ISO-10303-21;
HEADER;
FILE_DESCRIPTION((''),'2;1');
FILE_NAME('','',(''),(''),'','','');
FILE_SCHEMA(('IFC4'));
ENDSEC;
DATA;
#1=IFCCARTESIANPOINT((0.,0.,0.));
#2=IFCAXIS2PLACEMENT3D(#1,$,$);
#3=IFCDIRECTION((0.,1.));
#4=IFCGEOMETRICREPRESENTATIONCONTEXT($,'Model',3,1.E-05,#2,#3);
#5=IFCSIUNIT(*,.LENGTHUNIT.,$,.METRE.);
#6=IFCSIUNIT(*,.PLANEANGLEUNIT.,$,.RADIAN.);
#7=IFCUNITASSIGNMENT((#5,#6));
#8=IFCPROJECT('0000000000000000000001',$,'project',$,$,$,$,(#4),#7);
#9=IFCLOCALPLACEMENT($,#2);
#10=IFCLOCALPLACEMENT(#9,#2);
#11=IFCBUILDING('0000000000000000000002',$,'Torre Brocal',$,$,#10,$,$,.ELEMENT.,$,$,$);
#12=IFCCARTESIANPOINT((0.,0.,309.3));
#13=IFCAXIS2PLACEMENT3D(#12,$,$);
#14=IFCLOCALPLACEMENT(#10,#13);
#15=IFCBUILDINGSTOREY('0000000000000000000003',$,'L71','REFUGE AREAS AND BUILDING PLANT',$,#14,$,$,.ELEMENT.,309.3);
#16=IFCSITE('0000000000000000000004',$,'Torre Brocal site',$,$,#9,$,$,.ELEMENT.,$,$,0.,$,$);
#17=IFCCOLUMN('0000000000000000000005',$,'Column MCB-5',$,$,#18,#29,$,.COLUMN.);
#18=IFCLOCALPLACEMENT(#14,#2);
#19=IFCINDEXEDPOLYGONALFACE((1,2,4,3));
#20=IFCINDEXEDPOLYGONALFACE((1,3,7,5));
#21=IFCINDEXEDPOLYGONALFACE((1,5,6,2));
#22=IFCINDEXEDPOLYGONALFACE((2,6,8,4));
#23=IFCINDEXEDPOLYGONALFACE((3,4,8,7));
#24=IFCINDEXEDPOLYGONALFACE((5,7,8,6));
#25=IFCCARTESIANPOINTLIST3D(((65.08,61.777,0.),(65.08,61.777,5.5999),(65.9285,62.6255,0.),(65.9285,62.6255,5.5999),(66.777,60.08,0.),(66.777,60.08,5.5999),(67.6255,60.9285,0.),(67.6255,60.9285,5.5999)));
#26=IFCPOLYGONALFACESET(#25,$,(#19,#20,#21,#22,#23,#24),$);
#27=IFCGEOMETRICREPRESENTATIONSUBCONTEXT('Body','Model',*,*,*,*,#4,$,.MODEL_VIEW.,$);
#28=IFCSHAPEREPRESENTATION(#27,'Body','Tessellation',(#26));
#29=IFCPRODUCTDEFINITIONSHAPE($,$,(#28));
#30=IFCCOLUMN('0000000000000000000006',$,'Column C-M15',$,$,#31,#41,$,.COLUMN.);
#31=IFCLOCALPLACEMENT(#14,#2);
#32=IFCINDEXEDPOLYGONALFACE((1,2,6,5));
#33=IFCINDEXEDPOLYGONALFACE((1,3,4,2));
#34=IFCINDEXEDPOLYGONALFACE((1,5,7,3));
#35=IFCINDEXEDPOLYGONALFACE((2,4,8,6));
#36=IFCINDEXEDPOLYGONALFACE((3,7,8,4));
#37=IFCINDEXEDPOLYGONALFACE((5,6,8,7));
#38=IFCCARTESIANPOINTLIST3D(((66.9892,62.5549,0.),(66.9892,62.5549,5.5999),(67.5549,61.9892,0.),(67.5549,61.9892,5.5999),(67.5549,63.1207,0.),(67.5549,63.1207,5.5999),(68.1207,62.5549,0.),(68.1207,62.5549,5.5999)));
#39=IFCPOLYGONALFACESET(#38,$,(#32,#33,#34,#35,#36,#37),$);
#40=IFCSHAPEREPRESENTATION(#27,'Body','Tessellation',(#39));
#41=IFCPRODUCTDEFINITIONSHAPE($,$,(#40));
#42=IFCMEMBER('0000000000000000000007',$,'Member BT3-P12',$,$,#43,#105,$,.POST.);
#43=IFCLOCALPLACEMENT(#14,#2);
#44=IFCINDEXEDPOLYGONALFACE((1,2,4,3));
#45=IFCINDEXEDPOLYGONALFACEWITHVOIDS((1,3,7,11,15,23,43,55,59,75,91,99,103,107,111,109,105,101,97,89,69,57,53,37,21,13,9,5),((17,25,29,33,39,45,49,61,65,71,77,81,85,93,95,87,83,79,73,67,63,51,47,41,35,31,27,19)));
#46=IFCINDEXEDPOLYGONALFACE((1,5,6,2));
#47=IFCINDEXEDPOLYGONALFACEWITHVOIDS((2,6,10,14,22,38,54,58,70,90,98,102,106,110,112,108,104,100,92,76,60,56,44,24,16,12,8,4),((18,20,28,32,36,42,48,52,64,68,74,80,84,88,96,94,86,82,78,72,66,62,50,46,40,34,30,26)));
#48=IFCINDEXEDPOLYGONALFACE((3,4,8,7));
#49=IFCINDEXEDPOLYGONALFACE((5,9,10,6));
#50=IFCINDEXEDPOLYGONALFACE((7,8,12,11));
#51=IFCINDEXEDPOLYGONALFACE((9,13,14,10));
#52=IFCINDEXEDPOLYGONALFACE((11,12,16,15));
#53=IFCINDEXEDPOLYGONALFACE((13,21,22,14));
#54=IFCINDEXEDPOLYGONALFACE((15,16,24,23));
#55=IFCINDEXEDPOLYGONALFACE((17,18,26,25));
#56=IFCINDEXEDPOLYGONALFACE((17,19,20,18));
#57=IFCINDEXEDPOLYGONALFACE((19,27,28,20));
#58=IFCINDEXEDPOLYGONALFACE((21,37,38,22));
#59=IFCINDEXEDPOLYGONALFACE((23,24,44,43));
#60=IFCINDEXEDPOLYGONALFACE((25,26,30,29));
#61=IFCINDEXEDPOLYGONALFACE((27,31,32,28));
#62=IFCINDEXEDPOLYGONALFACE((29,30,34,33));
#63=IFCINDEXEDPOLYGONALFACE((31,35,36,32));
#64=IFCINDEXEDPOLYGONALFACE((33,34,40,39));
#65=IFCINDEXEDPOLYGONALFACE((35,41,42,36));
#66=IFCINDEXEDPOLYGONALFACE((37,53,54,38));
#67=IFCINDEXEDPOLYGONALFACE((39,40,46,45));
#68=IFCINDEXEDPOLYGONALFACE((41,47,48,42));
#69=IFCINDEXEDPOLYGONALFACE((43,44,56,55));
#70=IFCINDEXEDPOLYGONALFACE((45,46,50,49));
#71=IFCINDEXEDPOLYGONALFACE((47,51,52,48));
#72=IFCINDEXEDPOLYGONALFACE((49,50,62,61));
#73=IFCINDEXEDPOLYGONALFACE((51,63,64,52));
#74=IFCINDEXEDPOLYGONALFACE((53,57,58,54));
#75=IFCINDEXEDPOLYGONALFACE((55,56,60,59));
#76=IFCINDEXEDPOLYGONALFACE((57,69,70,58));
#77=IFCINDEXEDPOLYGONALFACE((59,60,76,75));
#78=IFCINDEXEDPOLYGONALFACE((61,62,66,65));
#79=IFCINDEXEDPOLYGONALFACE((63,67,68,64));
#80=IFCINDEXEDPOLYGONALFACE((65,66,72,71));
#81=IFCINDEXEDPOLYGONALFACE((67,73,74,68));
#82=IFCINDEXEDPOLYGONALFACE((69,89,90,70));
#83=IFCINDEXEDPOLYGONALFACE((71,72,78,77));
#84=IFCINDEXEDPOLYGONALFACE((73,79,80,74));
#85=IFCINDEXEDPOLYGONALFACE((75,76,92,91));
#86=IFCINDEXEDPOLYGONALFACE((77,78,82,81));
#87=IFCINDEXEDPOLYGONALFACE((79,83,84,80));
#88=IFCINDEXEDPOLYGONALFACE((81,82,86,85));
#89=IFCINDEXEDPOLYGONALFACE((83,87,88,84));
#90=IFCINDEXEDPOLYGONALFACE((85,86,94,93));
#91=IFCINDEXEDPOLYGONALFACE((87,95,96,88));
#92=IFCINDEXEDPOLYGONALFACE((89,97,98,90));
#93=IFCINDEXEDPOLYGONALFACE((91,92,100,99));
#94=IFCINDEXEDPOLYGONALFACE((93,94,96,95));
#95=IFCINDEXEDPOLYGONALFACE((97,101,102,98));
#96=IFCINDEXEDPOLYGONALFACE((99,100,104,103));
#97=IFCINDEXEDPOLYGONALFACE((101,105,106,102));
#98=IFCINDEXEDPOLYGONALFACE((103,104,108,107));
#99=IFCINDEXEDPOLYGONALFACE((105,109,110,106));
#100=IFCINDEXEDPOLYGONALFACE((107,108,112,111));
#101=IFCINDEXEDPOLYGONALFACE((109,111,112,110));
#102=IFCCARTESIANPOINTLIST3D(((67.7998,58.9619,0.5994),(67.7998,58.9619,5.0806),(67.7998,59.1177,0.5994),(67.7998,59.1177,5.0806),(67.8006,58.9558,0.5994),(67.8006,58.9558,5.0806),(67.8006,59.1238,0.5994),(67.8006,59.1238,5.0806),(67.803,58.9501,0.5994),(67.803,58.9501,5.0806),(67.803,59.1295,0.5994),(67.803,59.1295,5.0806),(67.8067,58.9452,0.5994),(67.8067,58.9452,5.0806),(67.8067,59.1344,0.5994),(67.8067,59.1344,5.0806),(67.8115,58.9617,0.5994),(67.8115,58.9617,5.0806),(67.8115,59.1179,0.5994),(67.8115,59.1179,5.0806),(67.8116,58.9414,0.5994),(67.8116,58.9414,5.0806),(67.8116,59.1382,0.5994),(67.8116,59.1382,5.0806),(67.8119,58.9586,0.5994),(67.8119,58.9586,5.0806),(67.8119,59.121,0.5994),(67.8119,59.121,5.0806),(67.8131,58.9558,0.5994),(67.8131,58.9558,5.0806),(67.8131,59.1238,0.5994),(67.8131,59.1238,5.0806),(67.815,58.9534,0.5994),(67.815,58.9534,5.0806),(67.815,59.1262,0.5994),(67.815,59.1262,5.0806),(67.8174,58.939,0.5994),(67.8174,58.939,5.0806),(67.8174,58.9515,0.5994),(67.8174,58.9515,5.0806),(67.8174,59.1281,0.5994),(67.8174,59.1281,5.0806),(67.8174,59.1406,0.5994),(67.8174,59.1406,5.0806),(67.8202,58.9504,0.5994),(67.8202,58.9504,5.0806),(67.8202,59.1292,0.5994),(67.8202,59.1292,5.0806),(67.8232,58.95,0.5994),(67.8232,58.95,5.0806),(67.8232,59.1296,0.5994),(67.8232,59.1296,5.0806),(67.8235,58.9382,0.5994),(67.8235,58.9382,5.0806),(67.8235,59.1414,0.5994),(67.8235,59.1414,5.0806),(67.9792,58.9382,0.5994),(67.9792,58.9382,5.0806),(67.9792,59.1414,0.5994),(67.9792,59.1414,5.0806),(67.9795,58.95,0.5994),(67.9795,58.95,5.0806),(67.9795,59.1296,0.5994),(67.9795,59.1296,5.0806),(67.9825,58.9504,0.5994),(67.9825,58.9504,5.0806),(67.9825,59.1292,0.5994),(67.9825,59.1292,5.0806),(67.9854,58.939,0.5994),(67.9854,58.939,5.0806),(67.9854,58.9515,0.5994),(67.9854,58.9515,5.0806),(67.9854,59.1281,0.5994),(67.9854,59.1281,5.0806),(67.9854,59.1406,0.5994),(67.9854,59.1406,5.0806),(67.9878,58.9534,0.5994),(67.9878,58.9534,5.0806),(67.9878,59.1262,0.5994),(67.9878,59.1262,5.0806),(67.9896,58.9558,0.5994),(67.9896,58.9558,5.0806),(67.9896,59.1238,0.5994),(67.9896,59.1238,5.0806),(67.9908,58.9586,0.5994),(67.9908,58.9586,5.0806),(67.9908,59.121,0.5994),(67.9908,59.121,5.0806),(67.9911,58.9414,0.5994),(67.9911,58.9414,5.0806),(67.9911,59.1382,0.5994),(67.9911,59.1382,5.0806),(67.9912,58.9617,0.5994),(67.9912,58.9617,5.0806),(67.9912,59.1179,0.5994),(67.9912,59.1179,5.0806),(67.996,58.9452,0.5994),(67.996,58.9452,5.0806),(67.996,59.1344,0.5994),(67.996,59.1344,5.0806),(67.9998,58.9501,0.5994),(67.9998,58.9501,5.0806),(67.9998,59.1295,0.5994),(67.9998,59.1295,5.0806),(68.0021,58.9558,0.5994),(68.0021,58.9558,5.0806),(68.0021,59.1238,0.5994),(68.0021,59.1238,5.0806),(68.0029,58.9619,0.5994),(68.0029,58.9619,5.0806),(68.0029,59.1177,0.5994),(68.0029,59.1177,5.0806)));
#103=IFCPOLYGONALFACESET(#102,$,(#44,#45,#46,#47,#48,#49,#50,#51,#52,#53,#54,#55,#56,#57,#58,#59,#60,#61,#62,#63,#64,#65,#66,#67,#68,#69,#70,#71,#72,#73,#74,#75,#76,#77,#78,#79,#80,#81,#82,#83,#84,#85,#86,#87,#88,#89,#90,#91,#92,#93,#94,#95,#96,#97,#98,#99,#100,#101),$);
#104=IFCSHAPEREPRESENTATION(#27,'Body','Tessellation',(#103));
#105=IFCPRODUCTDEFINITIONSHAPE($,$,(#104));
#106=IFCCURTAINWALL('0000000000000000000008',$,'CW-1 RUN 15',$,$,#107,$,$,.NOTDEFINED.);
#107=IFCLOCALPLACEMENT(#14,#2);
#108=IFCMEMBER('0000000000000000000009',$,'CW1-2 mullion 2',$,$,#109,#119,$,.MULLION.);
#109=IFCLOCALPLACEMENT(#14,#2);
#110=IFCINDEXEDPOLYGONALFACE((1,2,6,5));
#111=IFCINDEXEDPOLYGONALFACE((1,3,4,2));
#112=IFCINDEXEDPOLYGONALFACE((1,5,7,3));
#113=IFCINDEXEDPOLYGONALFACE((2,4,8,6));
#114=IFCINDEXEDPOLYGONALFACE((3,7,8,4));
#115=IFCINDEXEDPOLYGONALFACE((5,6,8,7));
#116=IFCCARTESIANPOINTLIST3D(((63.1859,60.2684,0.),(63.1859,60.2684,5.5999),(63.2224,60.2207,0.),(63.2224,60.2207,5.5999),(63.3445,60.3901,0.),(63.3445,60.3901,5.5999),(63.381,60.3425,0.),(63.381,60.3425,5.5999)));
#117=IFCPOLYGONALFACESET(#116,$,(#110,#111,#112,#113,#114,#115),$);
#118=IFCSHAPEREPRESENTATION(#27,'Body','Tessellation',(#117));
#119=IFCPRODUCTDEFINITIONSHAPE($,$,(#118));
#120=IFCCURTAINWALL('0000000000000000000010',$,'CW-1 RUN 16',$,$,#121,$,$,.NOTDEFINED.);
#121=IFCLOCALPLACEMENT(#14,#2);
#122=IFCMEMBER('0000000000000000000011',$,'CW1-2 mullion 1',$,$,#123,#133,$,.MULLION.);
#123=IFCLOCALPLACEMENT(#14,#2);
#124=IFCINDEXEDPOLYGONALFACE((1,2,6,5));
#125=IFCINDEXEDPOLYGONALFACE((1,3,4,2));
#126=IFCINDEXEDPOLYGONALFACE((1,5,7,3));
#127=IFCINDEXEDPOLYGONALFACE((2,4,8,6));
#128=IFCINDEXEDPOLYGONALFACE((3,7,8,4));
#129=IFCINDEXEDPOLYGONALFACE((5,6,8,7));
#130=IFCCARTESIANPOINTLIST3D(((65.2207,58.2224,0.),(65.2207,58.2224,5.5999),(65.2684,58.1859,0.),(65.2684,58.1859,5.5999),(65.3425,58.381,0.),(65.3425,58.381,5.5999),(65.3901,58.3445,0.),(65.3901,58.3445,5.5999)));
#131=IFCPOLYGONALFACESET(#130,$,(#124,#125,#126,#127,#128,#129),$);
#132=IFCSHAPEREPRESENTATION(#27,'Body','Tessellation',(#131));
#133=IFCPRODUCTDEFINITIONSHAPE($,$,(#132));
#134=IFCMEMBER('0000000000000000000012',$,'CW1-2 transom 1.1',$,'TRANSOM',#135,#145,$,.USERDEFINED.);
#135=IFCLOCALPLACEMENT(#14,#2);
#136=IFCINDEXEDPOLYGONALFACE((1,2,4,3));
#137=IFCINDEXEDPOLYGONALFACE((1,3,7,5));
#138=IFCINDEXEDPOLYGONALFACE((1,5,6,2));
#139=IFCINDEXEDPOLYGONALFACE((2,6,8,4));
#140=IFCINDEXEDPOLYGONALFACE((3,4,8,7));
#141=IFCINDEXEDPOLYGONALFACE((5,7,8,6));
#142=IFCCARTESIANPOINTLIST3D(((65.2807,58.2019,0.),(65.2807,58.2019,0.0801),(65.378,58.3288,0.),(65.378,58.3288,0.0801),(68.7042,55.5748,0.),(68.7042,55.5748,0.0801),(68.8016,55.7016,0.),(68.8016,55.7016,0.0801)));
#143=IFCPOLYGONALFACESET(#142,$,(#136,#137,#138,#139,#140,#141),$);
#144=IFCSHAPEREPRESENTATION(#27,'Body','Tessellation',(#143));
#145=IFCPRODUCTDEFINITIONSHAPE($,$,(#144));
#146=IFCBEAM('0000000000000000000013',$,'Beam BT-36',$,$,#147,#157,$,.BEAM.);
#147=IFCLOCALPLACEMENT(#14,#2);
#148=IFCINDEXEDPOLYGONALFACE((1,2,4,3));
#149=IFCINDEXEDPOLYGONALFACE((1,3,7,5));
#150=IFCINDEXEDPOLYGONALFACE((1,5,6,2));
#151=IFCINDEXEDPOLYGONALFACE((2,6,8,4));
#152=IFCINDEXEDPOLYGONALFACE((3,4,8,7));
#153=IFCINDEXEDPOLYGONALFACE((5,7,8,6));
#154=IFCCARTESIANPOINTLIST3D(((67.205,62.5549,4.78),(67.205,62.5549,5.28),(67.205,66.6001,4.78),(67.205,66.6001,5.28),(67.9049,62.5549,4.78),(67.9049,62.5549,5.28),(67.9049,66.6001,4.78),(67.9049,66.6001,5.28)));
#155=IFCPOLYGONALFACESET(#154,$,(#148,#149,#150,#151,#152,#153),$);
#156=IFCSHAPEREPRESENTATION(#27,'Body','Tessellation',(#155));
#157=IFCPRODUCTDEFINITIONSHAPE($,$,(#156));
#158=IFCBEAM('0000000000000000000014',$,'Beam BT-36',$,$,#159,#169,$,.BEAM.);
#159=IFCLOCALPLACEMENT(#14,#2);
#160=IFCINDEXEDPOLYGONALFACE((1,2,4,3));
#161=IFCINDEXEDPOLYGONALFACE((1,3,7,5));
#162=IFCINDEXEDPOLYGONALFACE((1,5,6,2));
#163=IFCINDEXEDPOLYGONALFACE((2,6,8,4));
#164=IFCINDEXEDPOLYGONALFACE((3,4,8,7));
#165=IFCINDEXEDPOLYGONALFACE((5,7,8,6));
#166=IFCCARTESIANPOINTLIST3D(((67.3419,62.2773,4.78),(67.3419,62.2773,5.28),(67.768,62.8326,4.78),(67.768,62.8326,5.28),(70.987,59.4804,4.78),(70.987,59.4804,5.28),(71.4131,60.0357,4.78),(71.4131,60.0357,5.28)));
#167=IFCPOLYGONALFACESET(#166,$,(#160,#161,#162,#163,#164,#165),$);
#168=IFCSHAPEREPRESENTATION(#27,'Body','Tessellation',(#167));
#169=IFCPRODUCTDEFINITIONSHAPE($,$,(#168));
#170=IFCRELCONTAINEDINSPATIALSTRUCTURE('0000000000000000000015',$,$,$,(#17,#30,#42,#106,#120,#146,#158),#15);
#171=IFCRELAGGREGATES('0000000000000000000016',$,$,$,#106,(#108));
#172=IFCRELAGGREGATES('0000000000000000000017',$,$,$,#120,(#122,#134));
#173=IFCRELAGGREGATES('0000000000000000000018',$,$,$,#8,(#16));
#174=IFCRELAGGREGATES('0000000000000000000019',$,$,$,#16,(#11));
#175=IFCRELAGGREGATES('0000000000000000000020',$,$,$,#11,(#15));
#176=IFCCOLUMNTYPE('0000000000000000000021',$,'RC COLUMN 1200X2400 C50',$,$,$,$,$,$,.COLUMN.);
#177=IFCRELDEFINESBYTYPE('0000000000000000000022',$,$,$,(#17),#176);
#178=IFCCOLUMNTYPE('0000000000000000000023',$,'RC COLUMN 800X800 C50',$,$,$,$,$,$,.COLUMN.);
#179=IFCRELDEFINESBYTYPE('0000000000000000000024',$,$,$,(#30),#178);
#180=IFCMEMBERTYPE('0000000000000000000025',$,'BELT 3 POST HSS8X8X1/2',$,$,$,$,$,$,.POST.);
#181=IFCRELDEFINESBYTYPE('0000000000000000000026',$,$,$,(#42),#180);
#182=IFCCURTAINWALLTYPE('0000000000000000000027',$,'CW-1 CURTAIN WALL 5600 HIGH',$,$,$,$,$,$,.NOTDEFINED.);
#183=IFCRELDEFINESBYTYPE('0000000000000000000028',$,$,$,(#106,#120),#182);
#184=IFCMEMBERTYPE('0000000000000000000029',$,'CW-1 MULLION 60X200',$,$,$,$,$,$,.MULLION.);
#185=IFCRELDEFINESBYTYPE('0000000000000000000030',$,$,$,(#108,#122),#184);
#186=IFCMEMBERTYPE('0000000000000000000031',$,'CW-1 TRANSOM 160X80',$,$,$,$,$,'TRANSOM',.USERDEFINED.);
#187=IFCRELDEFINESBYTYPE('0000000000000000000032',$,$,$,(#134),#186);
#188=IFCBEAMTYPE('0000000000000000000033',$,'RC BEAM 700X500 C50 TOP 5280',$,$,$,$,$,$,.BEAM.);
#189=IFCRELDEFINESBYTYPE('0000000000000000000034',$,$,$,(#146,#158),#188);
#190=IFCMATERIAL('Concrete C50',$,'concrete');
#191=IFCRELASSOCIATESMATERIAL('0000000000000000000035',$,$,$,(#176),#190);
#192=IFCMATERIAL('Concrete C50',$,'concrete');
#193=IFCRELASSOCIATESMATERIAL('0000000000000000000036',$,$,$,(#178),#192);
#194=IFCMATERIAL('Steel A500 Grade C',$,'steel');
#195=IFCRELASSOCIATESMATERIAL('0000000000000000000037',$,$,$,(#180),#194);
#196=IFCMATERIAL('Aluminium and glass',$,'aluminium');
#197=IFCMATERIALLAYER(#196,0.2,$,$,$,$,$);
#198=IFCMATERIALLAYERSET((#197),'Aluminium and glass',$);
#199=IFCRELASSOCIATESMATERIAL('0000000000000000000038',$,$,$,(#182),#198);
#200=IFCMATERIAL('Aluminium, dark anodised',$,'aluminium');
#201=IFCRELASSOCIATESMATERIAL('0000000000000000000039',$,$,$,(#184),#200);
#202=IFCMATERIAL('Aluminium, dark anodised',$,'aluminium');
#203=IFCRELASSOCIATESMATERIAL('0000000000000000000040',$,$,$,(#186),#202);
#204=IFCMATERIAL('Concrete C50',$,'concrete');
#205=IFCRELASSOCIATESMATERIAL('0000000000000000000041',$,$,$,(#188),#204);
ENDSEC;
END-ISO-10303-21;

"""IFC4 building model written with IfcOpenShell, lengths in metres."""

from ifc_helpers import new_model, si_unit, direction, frame, origin, origin_2d, place, context, subcontext, project, spatial, rectangle, hollow_rectangle, extrude, material, layer, layer_set, material_profile, profile_set, type_object, element, aggregate, save


model = new_model("IFC4")

# Units and contexts
model_context = context("Model", 3, precision=1e-05, world=origin(), true_north=direction((0.0, 1.0)))
body_context = subcontext(model_context, "Body", "Model", "MODEL_VIEW")
ifc_project = project(units=[si_unit("LENGTHUNIT", "METRE"), si_unit("PLANEANGLEUNIT", "RADIAN")], contexts=[model_context])

# Site, building, storey
site_placement = place(None, origin())
site = spatial("IfcSite", under=ifc_project, at=site_placement, Name="Torre Brocal site", CompositionType="ELEMENT", RefElevation=0.0)
building_placement = place(site_placement, origin())
building = spatial("IfcBuilding", under=site, at=building_placement, Name="Torre Brocal", CompositionType="ELEMENT")
storey_placement = place(building_placement, frame((0.0, 0.0, 309.3)))
storey = spatial("IfcBuildingStorey", under=building, at=storey_placement, Name="L71", Description="REFUGE AREAS AND BUILDING PLANT", CompositionType="ELEMENT", Elevation=309.3)

# Columns
ifc_material_1 = material(Name="Concrete C50", Category="concrete")
ifc_material_profile_1 = material_profile(ifc_material_1, rectangle(XDim=1.2, YDim=2.3999, at=origin_2d()), Name="RC 1200X2400")
ifc_profile_set_1 = profile_set([ifc_material_profile_1], Name="Concrete C50")
column_type_1 = type_object("IfcColumnType", Name="RC COLUMN 1200X2400 C50", PredefinedType="COLUMN", material=ifc_profile_set_1)
column_1_placement = place(storey_placement, frame((66.3528, 61.3528, 0.0), z_axis=(0.0, 0.0, 1.0), x_axis=(-0.707107, -0.707107, 0.0)))
element("IfcColumn", 1, at=column_1_placement, inside=storey, type_object=column_type_1, Name="Column MCB-5", PredefinedType="COLUMN", context=body_context, shape_type="SweptSolid", body=[
    extrude(rectangle(XDim=1.2, YDim=2.3999, at=origin_2d()), origin(), (0.0, 0.0, 1.0), 5.5999),
])
ifc_material_2 = material(Name="Concrete C50", Category="concrete")
ifc_material_profile_2 = material_profile(ifc_material_2, rectangle(XDim=0.8, YDim=0.8, at=origin_2d()), Name="RC 800X800")
ifc_profile_set_2 = profile_set([ifc_material_profile_2], Name="Concrete C50")
column_type_2 = type_object("IfcColumnType", Name="RC COLUMN 800X800 C50", PredefinedType="COLUMN", material=ifc_profile_set_2)
column_2_placement = place(storey_placement, frame((67.5549, 62.5549, 0.0), z_axis=(0.0, 0.0, 1.0), x_axis=(-0.707107, -0.707107, 0.0)))
element("IfcColumn", 2, at=column_2_placement, inside=storey, type_object=column_type_2, Name="Column C-M15", PredefinedType="COLUMN", context=body_context, shape_type="SweptSolid", body=[
    extrude(rectangle(XDim=0.8, YDim=0.8, at=origin_2d()), origin(), (0.0, 0.0, 1.0), 5.5999),
])

# Member
ifc_material_3 = material(Name="Steel A500 Grade C", Category="steel")
ifc_material_profile_3 = material_profile(ifc_material_3, hollow_rectangle(XDim=0.2031, YDim=0.2031, WallThickness=0.0117, InnerFilletRadius=0.0117, OuterFilletRadius=0.0237, at=origin_2d()), Name="HSS8X8X1/2")
ifc_profile_set_3 = profile_set([ifc_material_profile_3], Name="Steel A500 Grade C")
member_type_1 = type_object("IfcMemberType", Name="BELT 3 POST HSS8X8X1/2", PredefinedType="POST", material=ifc_profile_set_3)
member_1_placement = place(storey_placement, frame((67.9014, 59.0398, 0.5994), z_axis=(0.0, 0.0, 1.0), x_axis=(1.0, 0.0, 0.0)))
element("IfcMember", 3, at=member_1_placement, inside=storey, type_object=member_type_1, Name="Member BT3-P12", PredefinedType="POST", context=body_context, shape_type="SweptSolid", body=[
    extrude(hollow_rectangle(XDim=0.2031, YDim=0.2031, WallThickness=0.0117, InnerFilletRadius=0.0117, OuterFilletRadius=0.0237, at=origin_2d()), origin(), (0.0, 0.0, 1.0), 4.4812),
])

# Curtain wall, member
ifc_material_4 = material(Name="Aluminium and glass", Category="aluminium")
ifc_layer_1 = layer(ifc_material_4, 0.2)
ifc_layer_set_1 = layer_set([ifc_layer_1], Name="Aluminium and glass")
curtain_wall_type = type_object("IfcCurtainWallType", Name="CW-1 CURTAIN WALL 5600 HIGH", PredefinedType="NOTDEFINED", material=ifc_layer_set_1)
curtain_wall_1_placement = place(storey_placement, origin())
curtain_wall_1 = element("IfcCurtainWall", 4, at=curtain_wall_1_placement, inside=storey, type_object=curtain_wall_type, Name="CW-1 RUN 15", PredefinedType="NOTDEFINED")
ifc_material_5 = material(Name="Aluminium, dark anodised", Category="aluminium")
ifc_material_profile_4 = material_profile(ifc_material_5, rectangle(XDim=0.2, YDim=0.0601, at=origin_2d()), Name="CW-1 MULLION 60X200")
ifc_profile_set_4 = profile_set([ifc_material_profile_4], Name="Aluminium, dark anodised")
member_type_2 = type_object("IfcMemberType", Name="CW-1 MULLION 60X200", PredefinedType="MULLION", material=ifc_profile_set_4)
member_2_placement = place(storey_placement, frame((63.2834, 60.3054, 0.0), z_axis=(0.0, 0.0, 1.0), x_axis=(0.793353, 0.608761, 0.0)))
member_2 = element("IfcMember", 5, at=member_2_placement, type_object=member_type_2, Name="CW1-2 mullion 2", PredefinedType="MULLION", context=body_context, shape_type="SweptSolid", body=[
    extrude(rectangle(XDim=0.2, YDim=0.0601, at=origin_2d()), origin(), (0.0, 0.0, 1.0), 5.5999),
])

# Curtain wall, members
curtain_wall_2_placement = place(storey_placement, origin())
curtain_wall_2 = element("IfcCurtainWall", 6, at=curtain_wall_2_placement, inside=storey, type_object=curtain_wall_type, Name="CW-1 RUN 16", PredefinedType="NOTDEFINED")
member_3_placement = place(storey_placement, frame((65.3054, 58.2834, 0.0), z_axis=(0.0, 0.0, 1.0), x_axis=(0.608761, 0.793353, 0.0)))
member_3 = element("IfcMember", 7, at=member_3_placement, type_object=member_type_2, Name="CW1-2 mullion 1", PredefinedType="MULLION", context=body_context, shape_type="SweptSolid", body=[
    extrude(rectangle(XDim=0.2, YDim=0.0601, at=origin_2d()), origin(), (0.0, 0.0, 1.0), 5.5999),
])
ifc_material_6 = material(Name="Aluminium, dark anodised", Category="aluminium")
ifc_material_profile_5 = material_profile(ifc_material_6, rectangle(XDim=0.1599, YDim=0.0801, at=origin_2d()), Name="CW-1 TRANSOM 160X80")
ifc_profile_set_5 = profile_set([ifc_material_profile_5], Name="Aluminium, dark anodised")
member_type_3 = type_object("IfcMemberType", Name="CW-1 TRANSOM 160X80", ElementType="TRANSOM", PredefinedType="USERDEFINED", material=ifc_profile_set_5)
member_4_placement = place(storey_placement, frame((65.3293, 58.2654, 0.04), z_axis=(0.793332, -0.608789, 0.0), x_axis=(0.608789, 0.793332, 0.0)))
member_4 = element("IfcMember", 8, at=member_4_placement, type_object=member_type_3, Name="CW1-2 transom 1.1", ObjectType="TRANSOM", PredefinedType="USERDEFINED", context=body_context, shape_type="SweptSolid", body=[
    extrude(rectangle(XDim=0.1599, YDim=0.0801, at=origin_2d()), origin(), (0.0, 0.0, 1.0), 4.3154),
])

# Beams
ifc_material_7 = material(Name="Concrete C50", Category="concrete")
ifc_material_profile_6 = material_profile(ifc_material_7, rectangle(XDim=0.7, YDim=0.5, at=origin_2d()), Name="RC 700X500")
ifc_profile_set_6 = profile_set([ifc_material_profile_6], Name="Concrete C50")
beam_type = type_object("IfcBeamType", Name="RC BEAM 700X500 C50 TOP 5280", PredefinedType="BEAM", material=ifc_profile_set_6)
beam_1_placement = place(storey_placement, frame((67.5549, 62.5549, 5.03), z_axis=(0.0, 1.0, 0.0), x_axis=(-1.0, 0.0, 0.0)))
element("IfcBeam", 9, at=beam_1_placement, inside=storey, type_object=beam_type, Name="Beam BT-36", PredefinedType="BEAM", context=body_context, shape_type="SweptSolid", body=[
    extrude(rectangle(XDim=0.7, YDim=0.5, at=origin_2d()), origin(), (0.0, 0.0, 1.0), 4.0452),
])
beam_2_placement = place(storey_placement, frame((67.5549, 62.5549, 5.03), z_axis=(0.793358, -0.608755, 0.0), x_axis=(0.608755, 0.793358, 0.0)))
element("IfcBeam", 10, at=beam_2_placement, inside=storey, type_object=beam_type, Name="Beam BT-36", PredefinedType="BEAM", context=body_context, shape_type="SweptSolid", body=[
    extrude(rectangle(XDim=0.7, YDim=0.5, at=origin_2d()), origin(), (0.0, 0.0, 1.0), 4.5945),
])

aggregate(curtain_wall_1, [member_2])
aggregate(curtain_wall_2, [member_3, member_4])

save(model, "model.ifc")
